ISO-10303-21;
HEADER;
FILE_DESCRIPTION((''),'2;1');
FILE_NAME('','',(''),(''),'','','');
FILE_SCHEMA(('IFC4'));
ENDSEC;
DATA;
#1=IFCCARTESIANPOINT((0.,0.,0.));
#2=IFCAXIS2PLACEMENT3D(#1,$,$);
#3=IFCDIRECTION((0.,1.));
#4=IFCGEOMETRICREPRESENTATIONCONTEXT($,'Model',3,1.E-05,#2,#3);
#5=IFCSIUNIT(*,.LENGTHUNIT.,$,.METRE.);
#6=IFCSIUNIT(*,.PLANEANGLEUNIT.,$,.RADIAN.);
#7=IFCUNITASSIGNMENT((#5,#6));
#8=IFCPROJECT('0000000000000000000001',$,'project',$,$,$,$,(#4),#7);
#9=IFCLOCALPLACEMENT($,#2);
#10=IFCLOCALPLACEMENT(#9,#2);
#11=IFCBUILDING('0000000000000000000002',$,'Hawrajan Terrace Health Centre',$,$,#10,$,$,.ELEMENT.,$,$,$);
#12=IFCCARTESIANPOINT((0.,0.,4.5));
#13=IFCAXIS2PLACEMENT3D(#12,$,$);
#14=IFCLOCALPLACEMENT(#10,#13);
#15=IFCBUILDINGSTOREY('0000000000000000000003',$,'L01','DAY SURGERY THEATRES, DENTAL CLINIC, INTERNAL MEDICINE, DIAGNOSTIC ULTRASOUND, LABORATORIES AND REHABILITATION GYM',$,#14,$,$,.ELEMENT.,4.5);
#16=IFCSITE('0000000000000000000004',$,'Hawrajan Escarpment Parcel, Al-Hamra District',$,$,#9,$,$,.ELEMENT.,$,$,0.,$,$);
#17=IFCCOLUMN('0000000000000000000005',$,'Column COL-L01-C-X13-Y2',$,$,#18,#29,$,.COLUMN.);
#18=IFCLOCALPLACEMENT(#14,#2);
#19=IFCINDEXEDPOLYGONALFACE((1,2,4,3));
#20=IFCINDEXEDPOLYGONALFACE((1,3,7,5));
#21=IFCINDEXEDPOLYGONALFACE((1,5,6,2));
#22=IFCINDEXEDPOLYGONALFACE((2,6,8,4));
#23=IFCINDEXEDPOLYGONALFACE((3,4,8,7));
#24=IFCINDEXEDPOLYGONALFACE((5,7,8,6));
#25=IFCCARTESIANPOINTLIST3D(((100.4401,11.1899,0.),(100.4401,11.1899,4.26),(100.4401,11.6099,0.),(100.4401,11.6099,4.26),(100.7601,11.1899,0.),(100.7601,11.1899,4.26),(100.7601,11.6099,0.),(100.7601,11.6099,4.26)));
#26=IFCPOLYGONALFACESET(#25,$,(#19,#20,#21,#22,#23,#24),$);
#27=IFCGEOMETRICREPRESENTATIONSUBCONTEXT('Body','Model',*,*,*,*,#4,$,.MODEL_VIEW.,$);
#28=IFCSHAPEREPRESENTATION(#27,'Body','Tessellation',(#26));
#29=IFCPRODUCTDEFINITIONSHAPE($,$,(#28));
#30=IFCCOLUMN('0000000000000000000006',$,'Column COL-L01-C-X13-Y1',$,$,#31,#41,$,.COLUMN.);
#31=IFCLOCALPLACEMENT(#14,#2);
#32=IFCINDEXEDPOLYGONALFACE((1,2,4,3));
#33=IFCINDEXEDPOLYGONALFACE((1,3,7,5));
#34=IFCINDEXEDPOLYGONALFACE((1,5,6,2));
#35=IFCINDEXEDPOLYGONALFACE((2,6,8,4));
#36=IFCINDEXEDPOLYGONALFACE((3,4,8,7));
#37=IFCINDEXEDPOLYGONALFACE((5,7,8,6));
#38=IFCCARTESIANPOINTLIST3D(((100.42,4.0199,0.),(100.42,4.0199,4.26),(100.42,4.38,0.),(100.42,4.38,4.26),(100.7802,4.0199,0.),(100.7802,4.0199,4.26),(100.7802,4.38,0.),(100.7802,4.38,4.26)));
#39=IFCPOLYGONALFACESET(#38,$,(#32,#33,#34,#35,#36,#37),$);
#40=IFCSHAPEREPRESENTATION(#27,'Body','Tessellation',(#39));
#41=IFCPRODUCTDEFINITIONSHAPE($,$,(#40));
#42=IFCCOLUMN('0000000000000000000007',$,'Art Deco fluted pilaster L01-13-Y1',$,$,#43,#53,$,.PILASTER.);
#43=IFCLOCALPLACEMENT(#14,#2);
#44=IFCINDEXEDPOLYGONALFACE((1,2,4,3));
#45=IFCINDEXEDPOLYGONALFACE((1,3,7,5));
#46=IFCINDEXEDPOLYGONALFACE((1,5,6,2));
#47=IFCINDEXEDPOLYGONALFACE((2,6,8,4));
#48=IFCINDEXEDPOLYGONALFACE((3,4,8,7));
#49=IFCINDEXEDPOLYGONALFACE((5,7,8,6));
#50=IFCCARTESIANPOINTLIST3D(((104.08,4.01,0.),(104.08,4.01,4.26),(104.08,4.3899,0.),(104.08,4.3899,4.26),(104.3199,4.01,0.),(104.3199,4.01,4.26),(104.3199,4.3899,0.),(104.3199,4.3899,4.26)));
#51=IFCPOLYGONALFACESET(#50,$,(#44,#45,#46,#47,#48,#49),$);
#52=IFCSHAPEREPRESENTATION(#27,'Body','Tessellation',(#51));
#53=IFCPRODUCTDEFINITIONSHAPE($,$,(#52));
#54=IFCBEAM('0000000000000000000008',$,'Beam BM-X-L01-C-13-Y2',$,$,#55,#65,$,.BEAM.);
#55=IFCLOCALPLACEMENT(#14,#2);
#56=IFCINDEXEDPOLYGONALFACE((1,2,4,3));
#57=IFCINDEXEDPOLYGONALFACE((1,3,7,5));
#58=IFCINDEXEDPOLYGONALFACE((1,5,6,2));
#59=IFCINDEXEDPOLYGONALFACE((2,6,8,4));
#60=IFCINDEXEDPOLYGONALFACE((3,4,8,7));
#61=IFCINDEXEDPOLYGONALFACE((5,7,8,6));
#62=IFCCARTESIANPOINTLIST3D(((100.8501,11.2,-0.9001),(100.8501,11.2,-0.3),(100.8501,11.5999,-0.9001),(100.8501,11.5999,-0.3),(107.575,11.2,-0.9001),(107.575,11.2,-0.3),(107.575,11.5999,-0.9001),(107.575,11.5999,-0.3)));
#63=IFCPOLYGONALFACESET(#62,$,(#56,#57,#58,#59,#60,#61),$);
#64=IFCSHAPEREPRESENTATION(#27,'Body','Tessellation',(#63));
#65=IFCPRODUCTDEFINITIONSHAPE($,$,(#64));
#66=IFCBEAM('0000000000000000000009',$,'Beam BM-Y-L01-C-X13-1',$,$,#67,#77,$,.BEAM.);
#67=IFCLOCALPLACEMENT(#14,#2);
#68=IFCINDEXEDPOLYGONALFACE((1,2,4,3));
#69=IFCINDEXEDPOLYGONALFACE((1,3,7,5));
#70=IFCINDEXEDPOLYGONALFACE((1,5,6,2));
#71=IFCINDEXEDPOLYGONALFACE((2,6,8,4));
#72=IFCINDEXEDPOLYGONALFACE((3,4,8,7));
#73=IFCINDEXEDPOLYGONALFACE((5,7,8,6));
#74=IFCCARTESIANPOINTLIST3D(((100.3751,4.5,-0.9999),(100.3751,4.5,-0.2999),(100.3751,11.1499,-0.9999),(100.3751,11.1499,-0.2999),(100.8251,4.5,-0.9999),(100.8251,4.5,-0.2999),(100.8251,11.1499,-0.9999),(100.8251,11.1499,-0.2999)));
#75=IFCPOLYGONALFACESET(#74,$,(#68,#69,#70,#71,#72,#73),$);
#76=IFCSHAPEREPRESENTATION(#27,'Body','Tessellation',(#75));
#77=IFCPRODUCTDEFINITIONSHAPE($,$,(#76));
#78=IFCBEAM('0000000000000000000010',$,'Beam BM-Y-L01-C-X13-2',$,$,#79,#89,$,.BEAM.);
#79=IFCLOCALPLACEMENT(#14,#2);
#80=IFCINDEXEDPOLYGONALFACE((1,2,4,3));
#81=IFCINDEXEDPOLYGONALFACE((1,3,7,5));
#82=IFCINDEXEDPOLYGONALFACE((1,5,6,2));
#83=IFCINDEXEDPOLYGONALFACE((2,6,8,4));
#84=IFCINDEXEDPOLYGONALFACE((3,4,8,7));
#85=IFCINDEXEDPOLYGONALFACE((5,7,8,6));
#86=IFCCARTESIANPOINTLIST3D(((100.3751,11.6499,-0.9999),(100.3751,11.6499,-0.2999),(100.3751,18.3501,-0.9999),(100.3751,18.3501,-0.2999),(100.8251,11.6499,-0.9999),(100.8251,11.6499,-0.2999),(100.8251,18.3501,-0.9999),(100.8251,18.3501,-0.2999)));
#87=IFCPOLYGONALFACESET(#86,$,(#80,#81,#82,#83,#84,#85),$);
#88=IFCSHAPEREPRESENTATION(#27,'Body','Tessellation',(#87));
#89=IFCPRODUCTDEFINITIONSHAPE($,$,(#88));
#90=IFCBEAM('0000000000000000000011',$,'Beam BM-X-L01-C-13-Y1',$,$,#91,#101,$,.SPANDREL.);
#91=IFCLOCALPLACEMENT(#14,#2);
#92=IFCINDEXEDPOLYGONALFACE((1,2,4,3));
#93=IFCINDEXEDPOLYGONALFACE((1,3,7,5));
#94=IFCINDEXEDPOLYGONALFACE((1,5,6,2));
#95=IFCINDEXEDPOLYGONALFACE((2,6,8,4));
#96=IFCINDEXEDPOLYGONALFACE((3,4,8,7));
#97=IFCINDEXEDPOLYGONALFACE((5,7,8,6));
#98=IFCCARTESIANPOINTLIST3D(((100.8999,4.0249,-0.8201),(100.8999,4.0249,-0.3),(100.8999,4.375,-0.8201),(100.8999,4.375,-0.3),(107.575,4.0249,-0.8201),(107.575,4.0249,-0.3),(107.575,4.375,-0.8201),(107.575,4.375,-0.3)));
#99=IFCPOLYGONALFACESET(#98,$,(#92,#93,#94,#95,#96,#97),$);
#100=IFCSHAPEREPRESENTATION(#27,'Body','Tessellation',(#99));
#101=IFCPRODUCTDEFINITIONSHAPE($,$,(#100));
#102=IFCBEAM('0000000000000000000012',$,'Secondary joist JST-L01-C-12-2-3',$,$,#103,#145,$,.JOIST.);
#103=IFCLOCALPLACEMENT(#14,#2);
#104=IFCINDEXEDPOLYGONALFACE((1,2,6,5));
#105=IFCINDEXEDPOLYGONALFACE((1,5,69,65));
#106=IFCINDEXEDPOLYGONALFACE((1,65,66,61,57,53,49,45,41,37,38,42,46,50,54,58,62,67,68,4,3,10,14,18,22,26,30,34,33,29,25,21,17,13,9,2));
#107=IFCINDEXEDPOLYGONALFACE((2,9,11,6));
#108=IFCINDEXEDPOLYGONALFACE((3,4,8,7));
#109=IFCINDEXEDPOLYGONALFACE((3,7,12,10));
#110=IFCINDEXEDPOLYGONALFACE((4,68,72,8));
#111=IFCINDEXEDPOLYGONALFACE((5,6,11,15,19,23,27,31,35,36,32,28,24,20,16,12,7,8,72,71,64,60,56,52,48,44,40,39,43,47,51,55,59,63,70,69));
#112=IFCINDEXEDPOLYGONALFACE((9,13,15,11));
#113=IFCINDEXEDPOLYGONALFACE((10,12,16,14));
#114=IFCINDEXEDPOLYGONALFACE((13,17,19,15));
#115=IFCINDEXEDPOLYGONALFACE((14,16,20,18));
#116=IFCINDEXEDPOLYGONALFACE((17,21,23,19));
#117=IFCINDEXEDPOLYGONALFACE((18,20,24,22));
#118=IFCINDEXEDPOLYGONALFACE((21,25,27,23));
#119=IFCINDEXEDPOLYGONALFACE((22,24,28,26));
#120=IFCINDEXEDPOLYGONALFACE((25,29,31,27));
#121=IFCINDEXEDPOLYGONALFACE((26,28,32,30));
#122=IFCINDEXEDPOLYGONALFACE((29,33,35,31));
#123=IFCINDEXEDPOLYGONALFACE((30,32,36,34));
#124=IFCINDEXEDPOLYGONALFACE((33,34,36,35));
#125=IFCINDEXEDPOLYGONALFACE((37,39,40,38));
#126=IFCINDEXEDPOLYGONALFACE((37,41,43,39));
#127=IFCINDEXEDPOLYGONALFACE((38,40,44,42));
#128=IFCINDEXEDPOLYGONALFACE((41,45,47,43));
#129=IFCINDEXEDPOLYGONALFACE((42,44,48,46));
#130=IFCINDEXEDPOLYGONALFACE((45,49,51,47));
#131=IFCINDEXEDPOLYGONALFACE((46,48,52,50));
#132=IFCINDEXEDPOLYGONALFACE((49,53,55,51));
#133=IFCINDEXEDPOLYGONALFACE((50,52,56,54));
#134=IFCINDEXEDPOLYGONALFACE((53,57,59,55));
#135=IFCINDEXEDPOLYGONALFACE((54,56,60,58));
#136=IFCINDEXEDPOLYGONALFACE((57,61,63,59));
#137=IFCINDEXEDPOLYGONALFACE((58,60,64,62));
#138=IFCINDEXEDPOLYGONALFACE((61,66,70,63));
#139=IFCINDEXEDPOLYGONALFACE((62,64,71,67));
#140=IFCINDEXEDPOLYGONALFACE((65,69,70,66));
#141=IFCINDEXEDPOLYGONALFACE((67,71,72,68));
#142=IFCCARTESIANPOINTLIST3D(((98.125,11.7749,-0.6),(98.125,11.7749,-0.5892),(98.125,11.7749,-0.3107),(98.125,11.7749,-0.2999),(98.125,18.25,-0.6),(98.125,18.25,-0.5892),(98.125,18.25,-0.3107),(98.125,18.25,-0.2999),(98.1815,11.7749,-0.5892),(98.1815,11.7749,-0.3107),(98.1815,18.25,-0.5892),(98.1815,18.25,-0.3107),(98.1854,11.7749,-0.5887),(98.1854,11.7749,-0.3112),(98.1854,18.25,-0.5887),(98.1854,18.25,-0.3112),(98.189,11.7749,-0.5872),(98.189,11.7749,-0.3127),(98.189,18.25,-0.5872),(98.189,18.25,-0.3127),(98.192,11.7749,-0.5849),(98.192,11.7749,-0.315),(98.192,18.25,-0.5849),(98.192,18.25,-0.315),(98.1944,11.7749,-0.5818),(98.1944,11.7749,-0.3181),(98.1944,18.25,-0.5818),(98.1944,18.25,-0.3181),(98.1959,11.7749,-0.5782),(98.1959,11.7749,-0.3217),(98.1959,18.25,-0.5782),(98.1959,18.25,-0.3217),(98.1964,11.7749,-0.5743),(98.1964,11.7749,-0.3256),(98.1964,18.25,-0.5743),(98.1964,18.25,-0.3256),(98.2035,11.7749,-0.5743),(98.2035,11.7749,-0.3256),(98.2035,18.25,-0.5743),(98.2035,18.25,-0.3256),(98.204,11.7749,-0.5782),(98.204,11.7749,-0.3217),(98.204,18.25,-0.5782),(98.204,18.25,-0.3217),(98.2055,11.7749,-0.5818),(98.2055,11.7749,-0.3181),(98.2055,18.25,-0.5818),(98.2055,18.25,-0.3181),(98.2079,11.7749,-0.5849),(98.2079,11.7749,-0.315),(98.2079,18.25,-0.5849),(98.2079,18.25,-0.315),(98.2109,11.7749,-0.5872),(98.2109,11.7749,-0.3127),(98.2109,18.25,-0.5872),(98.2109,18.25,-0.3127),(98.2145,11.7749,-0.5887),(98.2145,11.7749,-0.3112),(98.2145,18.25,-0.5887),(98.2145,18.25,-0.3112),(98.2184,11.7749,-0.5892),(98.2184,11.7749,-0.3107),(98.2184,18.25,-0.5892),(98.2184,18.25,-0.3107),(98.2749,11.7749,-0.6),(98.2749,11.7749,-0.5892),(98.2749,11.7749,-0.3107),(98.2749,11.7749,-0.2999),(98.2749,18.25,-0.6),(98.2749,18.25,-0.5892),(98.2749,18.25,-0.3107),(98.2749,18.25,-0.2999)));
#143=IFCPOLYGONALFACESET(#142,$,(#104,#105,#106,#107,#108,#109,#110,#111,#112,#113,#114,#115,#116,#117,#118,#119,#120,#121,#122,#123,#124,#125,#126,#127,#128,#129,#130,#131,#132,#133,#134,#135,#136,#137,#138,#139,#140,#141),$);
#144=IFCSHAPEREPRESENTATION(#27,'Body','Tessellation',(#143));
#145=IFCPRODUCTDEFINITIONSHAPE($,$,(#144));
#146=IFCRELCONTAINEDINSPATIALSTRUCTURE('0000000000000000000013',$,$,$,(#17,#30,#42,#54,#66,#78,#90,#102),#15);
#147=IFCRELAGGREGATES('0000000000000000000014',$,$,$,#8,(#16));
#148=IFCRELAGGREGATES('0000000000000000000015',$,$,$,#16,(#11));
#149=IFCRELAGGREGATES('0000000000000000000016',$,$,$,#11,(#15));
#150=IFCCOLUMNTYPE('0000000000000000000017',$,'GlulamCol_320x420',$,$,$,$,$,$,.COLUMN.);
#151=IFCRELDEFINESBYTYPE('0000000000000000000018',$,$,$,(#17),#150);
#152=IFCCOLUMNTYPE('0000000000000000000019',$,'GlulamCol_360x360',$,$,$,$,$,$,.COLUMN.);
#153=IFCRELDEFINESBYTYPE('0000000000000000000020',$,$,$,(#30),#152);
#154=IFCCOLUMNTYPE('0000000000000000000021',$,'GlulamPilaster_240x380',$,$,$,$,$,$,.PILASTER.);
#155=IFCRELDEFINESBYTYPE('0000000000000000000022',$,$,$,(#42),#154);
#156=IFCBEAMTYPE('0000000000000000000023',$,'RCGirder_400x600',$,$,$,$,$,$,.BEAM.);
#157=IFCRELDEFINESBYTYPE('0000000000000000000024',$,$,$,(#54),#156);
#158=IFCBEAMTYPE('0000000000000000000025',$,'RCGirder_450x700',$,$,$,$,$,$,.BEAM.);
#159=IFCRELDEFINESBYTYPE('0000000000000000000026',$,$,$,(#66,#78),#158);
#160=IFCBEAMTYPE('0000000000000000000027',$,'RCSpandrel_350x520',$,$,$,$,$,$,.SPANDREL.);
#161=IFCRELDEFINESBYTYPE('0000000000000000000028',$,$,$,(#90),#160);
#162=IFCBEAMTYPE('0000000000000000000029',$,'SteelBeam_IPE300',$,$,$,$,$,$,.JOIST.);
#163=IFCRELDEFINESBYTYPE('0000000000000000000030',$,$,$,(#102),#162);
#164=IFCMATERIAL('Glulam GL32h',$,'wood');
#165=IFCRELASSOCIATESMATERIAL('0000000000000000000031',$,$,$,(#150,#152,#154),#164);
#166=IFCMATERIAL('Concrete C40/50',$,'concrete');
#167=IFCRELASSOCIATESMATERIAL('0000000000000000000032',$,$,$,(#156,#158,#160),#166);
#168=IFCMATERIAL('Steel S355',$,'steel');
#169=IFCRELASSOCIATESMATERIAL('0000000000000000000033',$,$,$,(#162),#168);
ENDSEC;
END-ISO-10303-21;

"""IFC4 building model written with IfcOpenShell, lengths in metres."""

from ifc_helpers import new_model, si_unit, direction, frame, origin, origin_2d, place, context, subcontext, project, spatial, rectangle, i_section, extrude, material, material_profile, profile_set, type_object, element, save


model = new_model("IFC4")

# Units and contexts
model_context = context("Model", 3, precision=1e-05, world=origin(), true_north=direction((0.0, 1.0)))
body_context = subcontext(model_context, "Body", "Model", "MODEL_VIEW")
ifc_project = project(units=[si_unit("LENGTHUNIT", "METRE"), si_unit("PLANEANGLEUNIT", "RADIAN")], contexts=[model_context])

# Site, building, storey
site_placement = place(None, origin())
site = spatial("IfcSite", under=ifc_project, at=site_placement, Name="Hawrajan Escarpment Parcel, Al-Hamra District", CompositionType="ELEMENT", RefElevation=0.0)
building_placement = place(site_placement, origin())
building = spatial("IfcBuilding", under=site, at=building_placement, Name="Hawrajan Terrace Health Centre", CompositionType="ELEMENT")
storey_placement = place(building_placement, frame((0.0, 0.0, 4.5)))
storey = spatial("IfcBuildingStorey", under=building, at=storey_placement, Name="L01", Description="DAY SURGERY THEATRES, DENTAL CLINIC, INTERNAL MEDICINE, DIAGNOSTIC ULTRASOUND, LABORATORIES AND REHABILITATION GYM", CompositionType="ELEMENT", Elevation=4.5)

# Columns
ifc_material_1 = material(Name="Glulam GL32h", Category="wood")
ifc_material_profile_1 = material_profile(ifc_material_1, rectangle(XDim=0.3201, YDim=0.4199, at=origin_2d()), Name="GL 320x420")
ifc_profile_set_1 = profile_set([ifc_material_profile_1], Name="Glulam GL32h")
column_type_1 = type_object("IfcColumnType", Name="GlulamCol_320x420", PredefinedType="COLUMN", material=ifc_profile_set_1)
column_1_placement = place(storey_placement, frame((100.6001, 11.3999, 0.0), z_axis=(0.0, 0.0, 1.0), x_axis=(1.0, 0.0, 0.0)))
element("IfcColumn", 1, at=column_1_placement, inside=storey, type_object=column_type_1, Name="Column COL-L01-C-X13-Y2", PredefinedType="COLUMN", context=body_context, shape_type="SweptSolid", body=[
    extrude(rectangle(XDim=0.3201, YDim=0.4199, at=origin_2d()), origin(), (0.0, 0.0, 1.0), 4.26),
])
ifc_material_profile_2 = material_profile(ifc_material_1, rectangle(XDim=0.3601, YDim=0.3601, at=origin_2d()), Name="GL 360x360")
ifc_profile_set_2 = profile_set([ifc_material_profile_2], Name="Glulam GL32h")
column_type_2 = type_object("IfcColumnType", Name="GlulamCol_360x360", PredefinedType="COLUMN", material=ifc_profile_set_2)
column_2_placement = place(storey_placement, frame((100.6001, 4.2, 0.0), z_axis=(0.0, 0.0, 1.0), x_axis=(1.0, 0.0, 0.0)))
element("IfcColumn", 2, at=column_2_placement, inside=storey, type_object=column_type_2, Name="Column COL-L01-C-X13-Y1", PredefinedType="COLUMN", context=body_context, shape_type="SweptSolid", body=[
    extrude(rectangle(XDim=0.3601, YDim=0.3601, at=origin_2d()), origin(), (0.0, 0.0, 1.0), 4.26),
])
ifc_material_profile_3 = material_profile(ifc_material_1, rectangle(XDim=0.24, YDim=0.3799, at=origin_2d()), Name="GL PIL 240x380")
ifc_profile_set_3 = profile_set([ifc_material_profile_3], Name="Glulam GL32h")
column_type_3 = type_object("IfcColumnType", Name="GlulamPilaster_240x380", PredefinedType="PILASTER", material=ifc_profile_set_3)
column_3_placement = place(storey_placement, frame((104.2, 4.2, 0.0), z_axis=(0.0, 0.0, 1.0), x_axis=(1.0, 0.0, 0.0)))
element("IfcColumn", 3, at=column_3_placement, inside=storey, type_object=column_type_3, Name="Art Deco fluted pilaster L01-13-Y1", PredefinedType="PILASTER", context=body_context, shape_type="SweptSolid", body=[
    extrude(rectangle(XDim=0.24, YDim=0.3799, at=origin_2d()), origin(), (0.0, 0.0, 1.0), 4.26),
])

# Beams
ifc_material_2 = material(Name="Concrete C40/50", Category="concrete")
ifc_material_profile_4 = material_profile(ifc_material_2, rectangle(XDim=0.3999, YDim=0.6001, at=origin_2d()), Name="RC BM 400x600")
ifc_profile_set_4 = profile_set([ifc_material_profile_4], Name="Concrete C40/50")
beam_type_1 = type_object("IfcBeamType", Name="RCGirder_400x600", PredefinedType="BEAM", material=ifc_profile_set_4)
beam_1_placement = place(storey_placement, frame((100.8501, 11.3999, -0.6001), z_axis=(1.0, 0.0, 0.0), x_axis=(0.0, 1.0, 0.0)))
element("IfcBeam", 4, at=beam_1_placement, inside=storey, type_object=beam_type_1, Name="Beam BM-X-L01-C-13-Y2", PredefinedType="BEAM", context=body_context, shape_type="SweptSolid", body=[
    extrude(rectangle(XDim=0.3999, YDim=0.6001, at=origin_2d()), origin(), (0.0, 0.0, 1.0), 6.7249),
])
ifc_material_profile_5 = material_profile(ifc_material_2, rectangle(XDim=0.45, YDim=0.7, at=origin_2d()), Name="RC BM 450x700")
ifc_profile_set_5 = profile_set([ifc_material_profile_5], Name="Concrete C40/50")
beam_type_2 = type_object("IfcBeamType", Name="RCGirder_450x700", PredefinedType="BEAM", material=ifc_profile_set_5)
beam_2_placement = place(storey_placement, frame((100.6001, 4.5, -0.6499), z_axis=(0.0, 1.0, 0.0), x_axis=(-1.0, 0.0, 0.0)))
element("IfcBeam", 5, at=beam_2_placement, inside=storey, type_object=beam_type_2, Name="Beam BM-Y-L01-C-X13-1", PredefinedType="BEAM", context=body_context, shape_type="SweptSolid", body=[
    extrude(rectangle(XDim=0.45, YDim=0.7, at=origin_2d()), origin(), (0.0, 0.0, 1.0), 6.6499),
])
beam_3_placement = place(storey_placement, frame((100.6001, 11.6499, -0.6499), z_axis=(0.0, 1.0, 0.0), x_axis=(-1.0, 0.0, 0.0)))
element("IfcBeam", 6, at=beam_3_placement, inside=storey, type_object=beam_type_2, Name="Beam BM-Y-L01-C-X13-2", PredefinedType="BEAM", context=body_context, shape_type="SweptSolid", body=[
    extrude(rectangle(XDim=0.45, YDim=0.7, at=origin_2d()), origin(), (0.0, 0.0, 1.0), 6.7002),
])
ifc_material_profile_6 = material_profile(ifc_material_2, rectangle(XDim=0.3501, YDim=0.52, at=origin_2d()), Name="RC SP 350x520")
ifc_profile_set_6 = profile_set([ifc_material_profile_6], Name="Concrete C40/50")
beam_type_3 = type_object("IfcBeamType", Name="RCSpandrel_350x520", PredefinedType="SPANDREL", material=ifc_profile_set_6)
beam_4_placement = place(storey_placement, frame((100.8999, 4.2, -0.5601), z_axis=(1.0, 0.0, 0.0), x_axis=(0.0, 1.0, 0.0)))
element("IfcBeam", 7, at=beam_4_placement, inside=storey, type_object=beam_type_3, Name="Beam BM-X-L01-C-13-Y1", PredefinedType="SPANDREL", context=body_context, shape_type="SweptSolid", body=[
    extrude(rectangle(XDim=0.3501, YDim=0.52, at=origin_2d()), origin(), (0.0, 0.0, 1.0), 6.675),
])
ifc_material_3 = material(Name="Steel S355", Category="steel")
ifc_material_profile_7 = material_profile(ifc_material_3, i_section(OverallWidth=0.1499, OverallDepth=0.3, WebThickness=0.0071, FlangeThickness=0.0107, FilletRadius=0.0149, at=origin_2d()), Name="IPE 300")
ifc_profile_set_7 = profile_set([ifc_material_profile_7], Name="Steel S355")
beam_type_4 = type_object("IfcBeamType", Name="SteelBeam_IPE300", PredefinedType="JOIST", material=ifc_profile_set_7)
beam_5_placement = place(storey_placement, frame((98.2, 11.7749, -0.45), z_axis=(0.0, 1.0, 0.0), x_axis=(-1.0, 0.0, 0.0)))
element("IfcBeam", 8, at=beam_5_placement, inside=storey, type_object=beam_type_4, Name="Secondary joist JST-L01-C-12-2-3", PredefinedType="JOIST", context=body_context, shape_type="SweptSolid", body=[
    extrude(i_section(OverallWidth=0.1499, OverallDepth=0.3, WebThickness=0.0071, FlangeThickness=0.0107, FilletRadius=0.0149, at=origin_2d()), origin(), (0.0, 0.0, 1.0), 6.4751),
])

save(model, "model.ifc")
